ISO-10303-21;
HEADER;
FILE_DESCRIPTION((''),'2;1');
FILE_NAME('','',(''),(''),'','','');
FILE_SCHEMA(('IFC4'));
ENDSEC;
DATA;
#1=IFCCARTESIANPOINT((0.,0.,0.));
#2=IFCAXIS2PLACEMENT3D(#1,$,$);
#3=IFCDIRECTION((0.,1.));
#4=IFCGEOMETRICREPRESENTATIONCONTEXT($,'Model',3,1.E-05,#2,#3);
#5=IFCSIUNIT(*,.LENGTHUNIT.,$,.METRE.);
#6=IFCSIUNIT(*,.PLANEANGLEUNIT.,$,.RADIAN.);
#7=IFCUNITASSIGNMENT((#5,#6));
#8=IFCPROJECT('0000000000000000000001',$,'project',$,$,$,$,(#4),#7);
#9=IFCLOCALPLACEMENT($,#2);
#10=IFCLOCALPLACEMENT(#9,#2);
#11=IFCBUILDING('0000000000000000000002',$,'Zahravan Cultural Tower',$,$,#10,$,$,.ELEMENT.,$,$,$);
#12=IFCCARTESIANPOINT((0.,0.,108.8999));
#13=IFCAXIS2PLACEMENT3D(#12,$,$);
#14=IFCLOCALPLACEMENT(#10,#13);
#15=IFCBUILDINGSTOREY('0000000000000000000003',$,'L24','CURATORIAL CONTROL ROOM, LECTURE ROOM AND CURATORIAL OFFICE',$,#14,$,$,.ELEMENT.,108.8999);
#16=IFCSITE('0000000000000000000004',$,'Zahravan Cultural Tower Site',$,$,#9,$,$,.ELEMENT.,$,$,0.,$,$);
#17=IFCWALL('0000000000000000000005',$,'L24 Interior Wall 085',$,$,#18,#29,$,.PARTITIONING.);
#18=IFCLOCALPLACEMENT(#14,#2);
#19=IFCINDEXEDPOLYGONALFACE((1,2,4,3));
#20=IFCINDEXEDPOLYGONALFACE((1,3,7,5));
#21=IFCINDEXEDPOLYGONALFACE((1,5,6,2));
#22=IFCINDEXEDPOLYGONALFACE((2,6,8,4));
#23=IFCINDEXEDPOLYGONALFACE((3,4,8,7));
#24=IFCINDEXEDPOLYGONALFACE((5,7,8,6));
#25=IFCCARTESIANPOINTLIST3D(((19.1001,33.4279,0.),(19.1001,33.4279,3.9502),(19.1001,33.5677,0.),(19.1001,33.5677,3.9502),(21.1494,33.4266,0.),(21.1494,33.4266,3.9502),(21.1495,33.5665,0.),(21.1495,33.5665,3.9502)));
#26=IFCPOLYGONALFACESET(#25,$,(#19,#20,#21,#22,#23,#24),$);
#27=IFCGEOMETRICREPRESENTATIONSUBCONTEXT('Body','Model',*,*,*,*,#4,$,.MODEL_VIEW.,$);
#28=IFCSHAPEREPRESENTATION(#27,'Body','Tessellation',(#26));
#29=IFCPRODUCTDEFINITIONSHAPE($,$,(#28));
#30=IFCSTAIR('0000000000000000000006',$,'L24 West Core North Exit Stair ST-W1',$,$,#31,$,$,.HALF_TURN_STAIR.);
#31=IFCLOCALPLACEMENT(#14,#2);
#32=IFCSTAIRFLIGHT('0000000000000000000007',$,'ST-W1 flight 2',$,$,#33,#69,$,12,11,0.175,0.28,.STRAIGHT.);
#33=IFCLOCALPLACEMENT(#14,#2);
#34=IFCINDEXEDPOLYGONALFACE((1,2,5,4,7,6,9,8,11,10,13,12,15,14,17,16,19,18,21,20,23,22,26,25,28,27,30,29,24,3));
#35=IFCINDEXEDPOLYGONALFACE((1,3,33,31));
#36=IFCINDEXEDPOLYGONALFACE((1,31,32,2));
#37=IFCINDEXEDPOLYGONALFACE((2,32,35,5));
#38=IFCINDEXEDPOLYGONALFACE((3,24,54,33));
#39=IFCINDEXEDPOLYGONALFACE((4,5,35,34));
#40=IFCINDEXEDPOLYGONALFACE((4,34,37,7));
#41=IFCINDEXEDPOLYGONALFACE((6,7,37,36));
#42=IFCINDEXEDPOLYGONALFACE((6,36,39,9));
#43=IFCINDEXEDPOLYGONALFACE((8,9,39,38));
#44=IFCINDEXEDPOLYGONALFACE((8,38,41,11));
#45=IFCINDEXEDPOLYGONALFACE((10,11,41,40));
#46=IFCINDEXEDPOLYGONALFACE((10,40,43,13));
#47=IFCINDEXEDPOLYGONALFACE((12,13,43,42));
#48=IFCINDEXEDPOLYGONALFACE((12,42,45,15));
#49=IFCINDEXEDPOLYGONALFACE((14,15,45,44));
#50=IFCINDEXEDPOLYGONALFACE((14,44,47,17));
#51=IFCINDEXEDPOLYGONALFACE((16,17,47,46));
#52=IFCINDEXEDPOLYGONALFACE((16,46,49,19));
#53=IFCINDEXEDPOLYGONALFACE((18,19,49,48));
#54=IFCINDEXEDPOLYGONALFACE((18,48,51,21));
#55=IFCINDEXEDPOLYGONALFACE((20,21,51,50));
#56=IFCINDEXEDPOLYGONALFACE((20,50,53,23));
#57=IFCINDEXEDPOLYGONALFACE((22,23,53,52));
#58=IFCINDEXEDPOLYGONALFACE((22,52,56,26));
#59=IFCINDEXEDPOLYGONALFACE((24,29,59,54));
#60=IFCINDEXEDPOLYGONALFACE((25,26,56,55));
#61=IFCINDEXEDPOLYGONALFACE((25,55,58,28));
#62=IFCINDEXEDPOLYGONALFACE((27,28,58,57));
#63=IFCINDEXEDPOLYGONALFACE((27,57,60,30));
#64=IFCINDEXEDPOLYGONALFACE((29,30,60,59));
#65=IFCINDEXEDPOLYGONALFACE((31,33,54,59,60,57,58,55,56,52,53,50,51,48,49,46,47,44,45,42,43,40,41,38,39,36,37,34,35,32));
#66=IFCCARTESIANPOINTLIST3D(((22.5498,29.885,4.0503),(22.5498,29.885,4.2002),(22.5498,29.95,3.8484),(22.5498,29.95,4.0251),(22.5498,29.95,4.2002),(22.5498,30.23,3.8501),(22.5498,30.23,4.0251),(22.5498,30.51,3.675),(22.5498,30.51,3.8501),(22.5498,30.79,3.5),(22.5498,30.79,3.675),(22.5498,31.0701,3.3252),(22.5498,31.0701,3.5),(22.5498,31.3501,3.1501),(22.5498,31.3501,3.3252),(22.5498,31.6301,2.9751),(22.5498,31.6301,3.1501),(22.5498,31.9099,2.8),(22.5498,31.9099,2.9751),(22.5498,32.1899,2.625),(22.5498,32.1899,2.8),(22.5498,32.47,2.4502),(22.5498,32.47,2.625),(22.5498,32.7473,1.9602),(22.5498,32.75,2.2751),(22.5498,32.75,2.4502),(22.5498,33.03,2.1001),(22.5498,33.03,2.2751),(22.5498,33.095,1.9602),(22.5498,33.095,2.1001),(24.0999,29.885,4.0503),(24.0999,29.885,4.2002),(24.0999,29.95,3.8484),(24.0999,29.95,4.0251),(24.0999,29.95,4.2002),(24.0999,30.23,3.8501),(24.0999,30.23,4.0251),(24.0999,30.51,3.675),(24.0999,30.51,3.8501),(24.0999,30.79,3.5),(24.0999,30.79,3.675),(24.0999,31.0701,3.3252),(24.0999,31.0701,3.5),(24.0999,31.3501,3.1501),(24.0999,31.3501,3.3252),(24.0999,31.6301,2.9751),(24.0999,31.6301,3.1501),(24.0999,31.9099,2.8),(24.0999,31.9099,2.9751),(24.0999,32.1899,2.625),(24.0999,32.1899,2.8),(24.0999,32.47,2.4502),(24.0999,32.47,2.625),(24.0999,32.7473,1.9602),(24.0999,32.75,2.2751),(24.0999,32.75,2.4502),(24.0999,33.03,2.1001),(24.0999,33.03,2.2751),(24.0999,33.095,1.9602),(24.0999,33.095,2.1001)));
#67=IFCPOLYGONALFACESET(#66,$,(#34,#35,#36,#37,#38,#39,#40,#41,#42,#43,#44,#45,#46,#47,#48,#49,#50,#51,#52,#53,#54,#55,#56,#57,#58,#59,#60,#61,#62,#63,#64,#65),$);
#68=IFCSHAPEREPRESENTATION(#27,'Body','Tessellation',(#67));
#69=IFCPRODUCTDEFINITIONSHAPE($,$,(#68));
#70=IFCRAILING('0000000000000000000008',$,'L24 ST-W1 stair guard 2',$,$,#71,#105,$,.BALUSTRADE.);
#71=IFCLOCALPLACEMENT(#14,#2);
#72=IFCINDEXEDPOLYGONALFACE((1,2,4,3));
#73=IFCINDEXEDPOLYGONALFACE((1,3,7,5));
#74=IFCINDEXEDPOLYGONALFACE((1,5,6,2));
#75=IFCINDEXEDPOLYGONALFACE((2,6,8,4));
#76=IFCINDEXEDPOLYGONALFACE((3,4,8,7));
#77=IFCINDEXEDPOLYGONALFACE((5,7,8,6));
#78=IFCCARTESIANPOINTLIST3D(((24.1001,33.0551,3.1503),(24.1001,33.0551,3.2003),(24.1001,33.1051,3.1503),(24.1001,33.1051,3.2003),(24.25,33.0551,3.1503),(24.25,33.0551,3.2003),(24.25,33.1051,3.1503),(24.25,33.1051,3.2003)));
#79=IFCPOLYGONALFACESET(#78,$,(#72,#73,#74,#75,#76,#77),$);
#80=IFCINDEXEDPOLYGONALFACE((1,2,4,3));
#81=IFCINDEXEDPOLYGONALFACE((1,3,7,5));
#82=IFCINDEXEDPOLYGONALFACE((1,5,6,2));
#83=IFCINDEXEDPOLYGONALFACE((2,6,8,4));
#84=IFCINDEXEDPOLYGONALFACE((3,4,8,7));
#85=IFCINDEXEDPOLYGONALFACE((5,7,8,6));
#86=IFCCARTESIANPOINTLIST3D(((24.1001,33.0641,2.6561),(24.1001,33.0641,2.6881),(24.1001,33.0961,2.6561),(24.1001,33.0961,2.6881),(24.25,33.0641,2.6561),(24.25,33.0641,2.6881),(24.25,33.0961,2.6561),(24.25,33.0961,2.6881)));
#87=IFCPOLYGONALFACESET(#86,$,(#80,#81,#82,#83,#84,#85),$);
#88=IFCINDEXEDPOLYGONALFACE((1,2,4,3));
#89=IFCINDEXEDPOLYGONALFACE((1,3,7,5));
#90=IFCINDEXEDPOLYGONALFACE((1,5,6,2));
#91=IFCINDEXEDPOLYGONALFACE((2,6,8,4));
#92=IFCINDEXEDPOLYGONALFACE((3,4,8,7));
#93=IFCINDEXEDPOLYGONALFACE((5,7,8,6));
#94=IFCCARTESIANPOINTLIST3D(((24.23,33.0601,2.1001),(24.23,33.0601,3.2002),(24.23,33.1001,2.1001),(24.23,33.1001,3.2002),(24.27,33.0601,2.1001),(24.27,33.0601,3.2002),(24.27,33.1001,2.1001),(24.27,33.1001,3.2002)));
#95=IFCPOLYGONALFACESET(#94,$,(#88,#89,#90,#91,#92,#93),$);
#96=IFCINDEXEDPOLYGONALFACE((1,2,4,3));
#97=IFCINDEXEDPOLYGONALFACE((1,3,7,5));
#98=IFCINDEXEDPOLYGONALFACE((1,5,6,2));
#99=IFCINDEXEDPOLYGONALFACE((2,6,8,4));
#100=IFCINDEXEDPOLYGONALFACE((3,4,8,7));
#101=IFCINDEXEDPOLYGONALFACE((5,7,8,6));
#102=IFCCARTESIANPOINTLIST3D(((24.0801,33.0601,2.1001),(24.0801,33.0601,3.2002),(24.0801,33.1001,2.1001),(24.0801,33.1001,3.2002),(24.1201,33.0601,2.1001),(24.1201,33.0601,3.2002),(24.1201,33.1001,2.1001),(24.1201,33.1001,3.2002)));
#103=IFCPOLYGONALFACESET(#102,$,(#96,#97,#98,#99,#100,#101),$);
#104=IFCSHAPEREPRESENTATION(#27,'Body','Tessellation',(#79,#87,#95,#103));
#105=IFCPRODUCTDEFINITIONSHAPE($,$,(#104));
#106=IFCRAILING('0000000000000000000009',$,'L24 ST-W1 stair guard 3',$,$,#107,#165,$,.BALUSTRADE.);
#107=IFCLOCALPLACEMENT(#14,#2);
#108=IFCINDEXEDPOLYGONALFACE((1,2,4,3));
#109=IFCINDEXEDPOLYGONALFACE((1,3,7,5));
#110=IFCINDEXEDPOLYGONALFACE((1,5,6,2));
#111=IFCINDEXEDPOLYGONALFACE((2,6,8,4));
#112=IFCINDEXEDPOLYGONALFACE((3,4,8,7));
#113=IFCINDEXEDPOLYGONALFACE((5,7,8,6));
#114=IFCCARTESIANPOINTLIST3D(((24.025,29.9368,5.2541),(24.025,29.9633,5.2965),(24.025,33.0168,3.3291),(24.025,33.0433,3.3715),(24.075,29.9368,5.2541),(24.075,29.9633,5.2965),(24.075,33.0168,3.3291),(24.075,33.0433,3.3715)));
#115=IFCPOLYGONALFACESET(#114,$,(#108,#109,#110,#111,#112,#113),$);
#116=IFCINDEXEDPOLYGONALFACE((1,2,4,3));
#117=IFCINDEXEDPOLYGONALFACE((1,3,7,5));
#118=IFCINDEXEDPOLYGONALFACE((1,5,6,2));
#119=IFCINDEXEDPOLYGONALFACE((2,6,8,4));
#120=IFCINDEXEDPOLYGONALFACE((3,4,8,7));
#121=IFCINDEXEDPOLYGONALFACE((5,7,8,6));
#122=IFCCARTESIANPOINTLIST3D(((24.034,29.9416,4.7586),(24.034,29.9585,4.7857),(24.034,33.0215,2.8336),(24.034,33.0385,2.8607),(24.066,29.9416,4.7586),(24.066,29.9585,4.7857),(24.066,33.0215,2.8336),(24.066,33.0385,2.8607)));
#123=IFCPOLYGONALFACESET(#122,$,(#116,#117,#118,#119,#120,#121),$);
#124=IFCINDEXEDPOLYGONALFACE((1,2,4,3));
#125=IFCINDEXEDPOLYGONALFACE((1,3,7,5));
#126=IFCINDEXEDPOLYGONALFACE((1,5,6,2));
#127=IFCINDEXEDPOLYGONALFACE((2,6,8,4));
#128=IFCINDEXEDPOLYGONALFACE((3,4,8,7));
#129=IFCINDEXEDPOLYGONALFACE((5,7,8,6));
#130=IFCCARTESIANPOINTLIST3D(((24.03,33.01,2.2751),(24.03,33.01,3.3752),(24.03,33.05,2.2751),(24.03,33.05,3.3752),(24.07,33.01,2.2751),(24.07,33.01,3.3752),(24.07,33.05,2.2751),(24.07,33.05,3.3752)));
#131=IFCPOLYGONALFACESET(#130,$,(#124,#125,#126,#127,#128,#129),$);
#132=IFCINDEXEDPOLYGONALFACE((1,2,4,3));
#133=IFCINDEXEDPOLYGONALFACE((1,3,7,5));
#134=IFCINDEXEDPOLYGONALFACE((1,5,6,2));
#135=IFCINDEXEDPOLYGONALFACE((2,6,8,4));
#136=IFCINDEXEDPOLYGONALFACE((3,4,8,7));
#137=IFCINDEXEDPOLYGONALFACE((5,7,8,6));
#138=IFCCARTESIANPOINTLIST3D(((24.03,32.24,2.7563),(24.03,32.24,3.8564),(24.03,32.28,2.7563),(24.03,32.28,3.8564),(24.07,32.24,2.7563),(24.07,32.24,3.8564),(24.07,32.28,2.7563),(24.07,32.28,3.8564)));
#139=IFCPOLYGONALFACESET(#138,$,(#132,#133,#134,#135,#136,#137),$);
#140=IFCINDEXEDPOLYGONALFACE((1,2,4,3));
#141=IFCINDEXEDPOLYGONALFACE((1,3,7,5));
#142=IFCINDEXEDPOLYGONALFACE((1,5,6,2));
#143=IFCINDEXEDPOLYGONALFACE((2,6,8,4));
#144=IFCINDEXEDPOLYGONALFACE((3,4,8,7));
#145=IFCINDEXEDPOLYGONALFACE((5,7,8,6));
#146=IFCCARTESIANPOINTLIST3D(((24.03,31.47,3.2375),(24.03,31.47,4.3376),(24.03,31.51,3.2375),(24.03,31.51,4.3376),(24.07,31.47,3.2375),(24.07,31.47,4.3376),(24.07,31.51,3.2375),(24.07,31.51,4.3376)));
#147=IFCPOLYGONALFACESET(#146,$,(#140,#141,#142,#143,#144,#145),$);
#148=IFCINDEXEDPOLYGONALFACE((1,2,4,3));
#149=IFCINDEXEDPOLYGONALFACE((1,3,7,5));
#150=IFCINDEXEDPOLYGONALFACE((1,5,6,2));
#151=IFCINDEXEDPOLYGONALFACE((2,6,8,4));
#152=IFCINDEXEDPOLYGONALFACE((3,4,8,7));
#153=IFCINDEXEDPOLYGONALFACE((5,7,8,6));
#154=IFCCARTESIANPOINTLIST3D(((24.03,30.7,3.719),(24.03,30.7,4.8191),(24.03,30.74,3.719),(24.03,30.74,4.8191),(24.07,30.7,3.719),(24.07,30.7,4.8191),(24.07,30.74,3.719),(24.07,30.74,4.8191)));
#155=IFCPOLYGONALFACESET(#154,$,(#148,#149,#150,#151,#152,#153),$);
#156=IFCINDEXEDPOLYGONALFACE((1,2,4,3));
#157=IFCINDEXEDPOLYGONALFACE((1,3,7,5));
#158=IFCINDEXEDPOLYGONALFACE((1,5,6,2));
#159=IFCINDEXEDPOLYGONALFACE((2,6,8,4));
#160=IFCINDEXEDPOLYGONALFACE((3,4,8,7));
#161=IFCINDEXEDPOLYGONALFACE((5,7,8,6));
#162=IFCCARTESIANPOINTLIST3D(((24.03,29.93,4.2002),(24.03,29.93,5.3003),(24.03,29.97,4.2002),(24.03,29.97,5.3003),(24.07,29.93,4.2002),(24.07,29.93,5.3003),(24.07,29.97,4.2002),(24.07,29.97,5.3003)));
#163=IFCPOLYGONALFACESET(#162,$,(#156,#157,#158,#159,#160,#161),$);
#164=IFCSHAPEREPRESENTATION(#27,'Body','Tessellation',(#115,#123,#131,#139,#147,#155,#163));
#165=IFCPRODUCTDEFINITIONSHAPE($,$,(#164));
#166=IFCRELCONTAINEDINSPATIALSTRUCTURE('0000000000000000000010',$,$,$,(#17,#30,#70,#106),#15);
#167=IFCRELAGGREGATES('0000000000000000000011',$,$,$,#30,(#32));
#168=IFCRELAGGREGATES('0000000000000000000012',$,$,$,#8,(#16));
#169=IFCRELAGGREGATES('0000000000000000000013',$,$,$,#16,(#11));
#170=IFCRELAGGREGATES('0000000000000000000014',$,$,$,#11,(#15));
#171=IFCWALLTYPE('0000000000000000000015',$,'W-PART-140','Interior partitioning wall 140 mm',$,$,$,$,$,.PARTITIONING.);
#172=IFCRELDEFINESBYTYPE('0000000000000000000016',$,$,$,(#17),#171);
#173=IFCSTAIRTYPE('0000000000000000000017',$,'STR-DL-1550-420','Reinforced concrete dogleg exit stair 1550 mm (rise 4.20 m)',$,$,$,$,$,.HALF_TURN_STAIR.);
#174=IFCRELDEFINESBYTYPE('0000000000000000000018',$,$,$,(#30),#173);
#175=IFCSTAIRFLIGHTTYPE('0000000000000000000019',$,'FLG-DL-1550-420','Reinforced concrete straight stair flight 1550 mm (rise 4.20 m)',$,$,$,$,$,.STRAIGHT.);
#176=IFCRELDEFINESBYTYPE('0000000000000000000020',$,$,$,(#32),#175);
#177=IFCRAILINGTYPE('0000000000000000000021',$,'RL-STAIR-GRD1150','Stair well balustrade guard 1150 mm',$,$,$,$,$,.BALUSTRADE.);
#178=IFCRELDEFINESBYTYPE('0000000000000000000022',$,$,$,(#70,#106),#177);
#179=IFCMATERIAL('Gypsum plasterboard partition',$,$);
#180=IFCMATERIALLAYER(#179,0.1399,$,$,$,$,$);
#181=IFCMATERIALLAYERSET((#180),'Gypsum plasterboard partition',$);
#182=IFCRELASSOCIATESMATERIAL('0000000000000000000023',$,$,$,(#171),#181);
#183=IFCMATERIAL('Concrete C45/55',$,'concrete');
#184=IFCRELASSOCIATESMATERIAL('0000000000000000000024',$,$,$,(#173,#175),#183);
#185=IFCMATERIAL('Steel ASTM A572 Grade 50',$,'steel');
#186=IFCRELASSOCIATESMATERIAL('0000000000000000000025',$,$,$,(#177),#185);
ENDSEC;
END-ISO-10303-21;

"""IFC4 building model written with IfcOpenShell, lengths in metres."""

from ifc_helpers import new_model, si_unit, direction, frame, frame_2d, origin, origin_2d, place, context, subcontext, project, spatial, polyline, rectangle, outline, extrude, source, transform, mapped, material, layer, layer_set, type_object, element, aggregate, save


model = new_model("IFC4")

# Units and contexts
model_context = context("Model", 3, precision=1e-05, world=origin(), true_north=direction((0.0, 1.0)))
body_context = subcontext(model_context, "Body", "Model", "MODEL_VIEW")
ifc_project = project(units=[si_unit("LENGTHUNIT", "METRE"), si_unit("PLANEANGLEUNIT", "RADIAN")], contexts=[model_context])

# Site, building, storey
site_placement = place(None, origin())
site = spatial("IfcSite", under=ifc_project, at=site_placement, Name="Zahravan Cultural Tower Site", CompositionType="ELEMENT", RefElevation=0.0)
building_placement = place(site_placement, origin())
building = spatial("IfcBuilding", under=site, at=building_placement, Name="Zahravan Cultural Tower", CompositionType="ELEMENT")
storey_placement = place(building_placement, frame((0.0, 0.0, 108.8999)))
storey = spatial("IfcBuildingStorey", under=building, at=storey_placement, Name="L24", Description="CURATORIAL CONTROL ROOM, LECTURE ROOM AND CURATORIAL OFFICE", CompositionType="ELEMENT", Elevation=108.8999)

# Shared definitions
ifc_material_1 = material(Name="Gypsum plasterboard partition")
ifc_layer_1 = layer(ifc_material_1, 0.1399)
ifc_layer_set_1 = layer_set([ifc_layer_1], Name="Gypsum plasterboard partition")
wall_type_1 = type_object("IfcWallType", Name="W-PART-140", Description="Interior partitioning wall 140 mm", PredefinedType="PARTITIONING", material=ifc_layer_set_1)
ifc_material_2 = material(Name="Concrete C45/55", Category="concrete")
ifc_material_3 = material(Name="Steel ASTM A572 Grade 50", Category="steel")

# Wall
shared_shape_1 = source(origin(), body_context, "Body", "SweptSolid", [
    extrude(rectangle(XDim=2.0493, YDim=0.1399, at=frame_2d((1.0247, 0.0))), origin(), (0.0, 0.0, 1.0), 3.9502),
])
wall_1_placement = place(storey_placement, frame((21.1494, 33.4966, 0.0), z_axis=(0.0, 0.0, 1.0), x_axis=(-1.0, 0.000596, 0.0)))
element("IfcWall", 1, at=wall_1_placement, inside=storey, type_object=wall_type_1, Name="L24 Interior Wall 085", PredefinedType="PARTITIONING", context=body_context, shape_type="MappedRepresentation", body=[
    mapped(shared_shape_1, transform((0.0, 0.0, 0.0), x_axis=(1.0, 0.0, 0.0), y_axis=(0.0, 1.0, 0.0), z_axis=(0.0, 0.0, 1.0), scale=1.0)),
])

# Stair, stair flight
stair_type = type_object("IfcStairType", Name="STR-DL-1550-420", Description="Reinforced concrete dogleg exit stair 1550 mm (rise 4.20 m)", PredefinedType="HALF_TURN_STAIR", material=ifc_material_2)
stair_placement = place(storey_placement, origin())
stair = element("IfcStair", 2, at=stair_placement, inside=storey, type_object=stair_type, Name="L24 West Core North Exit Stair ST-W1", PredefinedType="HALF_TURN_STAIR")
stair_flight_type = type_object("IfcStairFlightType", Name="FLG-DL-1550-420", Description="Reinforced concrete straight stair flight 1550 mm (rise 4.20 m)", PredefinedType="STRAIGHT", material=ifc_material_2)
stair_flight_placement = place(storey_placement, frame((23.325, 33.03, 2.1001), z_axis=(0.0, 0.0, 1.0), x_axis=(0.0, -1.0, 0.0)))
stair_flight = element("IfcStairFlight", 3, at=stair_flight_placement, type_object=stair_flight_type, Name="ST-W1 flight 2", NumberOfRisers=12, NumberOfTreads=11, PredefinedType="STRAIGHT", RiserHeight=0.175, TreadLength=0.28, context=body_context, shape_type="SweptSolid", body=[
    extrude(outline(polyline([(-0.0649, -0.1399), (-0.0649, 0.0), (0.0, 0.0), (0.0, 0.175), (0.28, 0.175), (0.28, 0.3501), (0.5601, 0.3501), (0.5601, 0.5249), (0.8401, 0.5249), (0.8401, 0.7), (1.1201, 0.7), (1.1201, 0.875), (1.3999, 0.875), (1.3999, 1.05), (1.6799, 1.05), (1.6799, 1.2251), (1.96, 1.2251), (1.96, 1.3999), (2.24, 1.3999), (2.24, 1.575), (2.52, 1.575), (2.52, 1.75), (2.8, 1.75), (2.8, 1.925), (3.0801, 1.925), (3.0801, 2.1001), (3.145, 2.1001), (3.145, 1.9502), (3.0801, 1.7483), (0.2827, -0.1399), (-0.0649, -0.1399)])), frame((0.0, 0.7749, 0.0), z_axis=(0.0, -1.0, 0.0), x_axis=(1.0, 0.0, 0.0)), (0.0, 0.0, 1.0), 1.55),
])
aggregate(stair, [stair_flight])

# Railings
railing_type_1 = type_object("IfcRailingType", Name="RL-STAIR-GRD1150", Description="Stair well balustrade guard 1150 mm", PredefinedType="BALUSTRADE", material=ifc_material_3)
railing_1_placement = place(storey_placement, frame((24.25, 33.0801, 2.1001)))
element("IfcRailing", 4, at=railing_1_placement, inside=storey, type_object=railing_type_1, Name="L24 ST-W1 stair guard 2", PredefinedType="BALUSTRADE", context=body_context, shape_type="SweptSolid", body=[
    extrude(rectangle(XDim=0.05, YDim=0.05, at=origin_2d()), frame((0.0, 0.0, 1.0752), z_axis=(-1.0, 0.0, 0.0), x_axis=(0.0, -1.0, 0.0)), (0.0, 0.0, 1.0), 0.1499),
    extrude(rectangle(XDim=0.032, YDim=0.032, at=origin_2d()), frame((0.0, 0.0, 0.572), z_axis=(-1.0, 0.0, 0.0), x_axis=(0.0, -1.0, 0.0)), (0.0, 0.0, 1.0), 0.1499),
    extrude(rectangle(XDim=0.04, YDim=0.04, at=origin_2d()), origin(), (0.0, 0.0, 1.0), 1.1001),
    extrude(rectangle(XDim=0.04, YDim=0.04, at=origin_2d()), frame((-0.1499, 0.0, 0.0)), (0.0, 0.0, 1.0), 1.1001),
])
railing_2_placement = place(storey_placement, frame((24.05, 33.03, 2.2751)))
element("IfcRailing", 5, at=railing_2_placement, inside=storey, type_object=railing_type_1, Name="L24 ST-W1 stair guard 3", PredefinedType="BALUSTRADE", context=body_context, shape_type="SweptSolid", body=[
    extrude(rectangle(XDim=0.05, YDim=0.05, at=origin_2d()), frame((0.0, 0.0, 1.0752), z_axis=(0.0, -0.847998, 0.529999), x_axis=(1.0, 0.0, 0.0)), (0.0, 0.0, 1.0), 3.6321),
    extrude(rectangle(XDim=0.032, YDim=0.032, at=origin_2d()), frame((0.0, 0.0, 0.572), z_axis=(0.0, -0.847998, 0.529999), x_axis=(1.0, 0.0, 0.0)), (0.0, 0.0, 1.0), 3.6321),
    extrude(rectangle(XDim=0.04, YDim=0.04, at=origin_2d()), origin(), (0.0, 0.0, 1.0), 1.1001),
    extrude(rectangle(XDim=0.04, YDim=0.04, at=origin_2d()), frame((0.0, -0.77, 0.4812)), (0.0, 0.0, 1.0), 1.1001),
    extrude(rectangle(XDim=0.04, YDim=0.04, at=origin_2d()), frame((0.0, -1.54, 0.9624)), (0.0, 0.0, 1.0), 1.1001),
    extrude(rectangle(XDim=0.04, YDim=0.04, at=origin_2d()), frame((0.0, -2.3101, 1.4438)), (0.0, 0.0, 1.0), 1.1001),
    extrude(rectangle(XDim=0.04, YDim=0.04, at=origin_2d()), frame((0.0, -3.0801, 1.925)), (0.0, 0.0, 1.0), 1.1001),
])

save(model, "model.ifc")
